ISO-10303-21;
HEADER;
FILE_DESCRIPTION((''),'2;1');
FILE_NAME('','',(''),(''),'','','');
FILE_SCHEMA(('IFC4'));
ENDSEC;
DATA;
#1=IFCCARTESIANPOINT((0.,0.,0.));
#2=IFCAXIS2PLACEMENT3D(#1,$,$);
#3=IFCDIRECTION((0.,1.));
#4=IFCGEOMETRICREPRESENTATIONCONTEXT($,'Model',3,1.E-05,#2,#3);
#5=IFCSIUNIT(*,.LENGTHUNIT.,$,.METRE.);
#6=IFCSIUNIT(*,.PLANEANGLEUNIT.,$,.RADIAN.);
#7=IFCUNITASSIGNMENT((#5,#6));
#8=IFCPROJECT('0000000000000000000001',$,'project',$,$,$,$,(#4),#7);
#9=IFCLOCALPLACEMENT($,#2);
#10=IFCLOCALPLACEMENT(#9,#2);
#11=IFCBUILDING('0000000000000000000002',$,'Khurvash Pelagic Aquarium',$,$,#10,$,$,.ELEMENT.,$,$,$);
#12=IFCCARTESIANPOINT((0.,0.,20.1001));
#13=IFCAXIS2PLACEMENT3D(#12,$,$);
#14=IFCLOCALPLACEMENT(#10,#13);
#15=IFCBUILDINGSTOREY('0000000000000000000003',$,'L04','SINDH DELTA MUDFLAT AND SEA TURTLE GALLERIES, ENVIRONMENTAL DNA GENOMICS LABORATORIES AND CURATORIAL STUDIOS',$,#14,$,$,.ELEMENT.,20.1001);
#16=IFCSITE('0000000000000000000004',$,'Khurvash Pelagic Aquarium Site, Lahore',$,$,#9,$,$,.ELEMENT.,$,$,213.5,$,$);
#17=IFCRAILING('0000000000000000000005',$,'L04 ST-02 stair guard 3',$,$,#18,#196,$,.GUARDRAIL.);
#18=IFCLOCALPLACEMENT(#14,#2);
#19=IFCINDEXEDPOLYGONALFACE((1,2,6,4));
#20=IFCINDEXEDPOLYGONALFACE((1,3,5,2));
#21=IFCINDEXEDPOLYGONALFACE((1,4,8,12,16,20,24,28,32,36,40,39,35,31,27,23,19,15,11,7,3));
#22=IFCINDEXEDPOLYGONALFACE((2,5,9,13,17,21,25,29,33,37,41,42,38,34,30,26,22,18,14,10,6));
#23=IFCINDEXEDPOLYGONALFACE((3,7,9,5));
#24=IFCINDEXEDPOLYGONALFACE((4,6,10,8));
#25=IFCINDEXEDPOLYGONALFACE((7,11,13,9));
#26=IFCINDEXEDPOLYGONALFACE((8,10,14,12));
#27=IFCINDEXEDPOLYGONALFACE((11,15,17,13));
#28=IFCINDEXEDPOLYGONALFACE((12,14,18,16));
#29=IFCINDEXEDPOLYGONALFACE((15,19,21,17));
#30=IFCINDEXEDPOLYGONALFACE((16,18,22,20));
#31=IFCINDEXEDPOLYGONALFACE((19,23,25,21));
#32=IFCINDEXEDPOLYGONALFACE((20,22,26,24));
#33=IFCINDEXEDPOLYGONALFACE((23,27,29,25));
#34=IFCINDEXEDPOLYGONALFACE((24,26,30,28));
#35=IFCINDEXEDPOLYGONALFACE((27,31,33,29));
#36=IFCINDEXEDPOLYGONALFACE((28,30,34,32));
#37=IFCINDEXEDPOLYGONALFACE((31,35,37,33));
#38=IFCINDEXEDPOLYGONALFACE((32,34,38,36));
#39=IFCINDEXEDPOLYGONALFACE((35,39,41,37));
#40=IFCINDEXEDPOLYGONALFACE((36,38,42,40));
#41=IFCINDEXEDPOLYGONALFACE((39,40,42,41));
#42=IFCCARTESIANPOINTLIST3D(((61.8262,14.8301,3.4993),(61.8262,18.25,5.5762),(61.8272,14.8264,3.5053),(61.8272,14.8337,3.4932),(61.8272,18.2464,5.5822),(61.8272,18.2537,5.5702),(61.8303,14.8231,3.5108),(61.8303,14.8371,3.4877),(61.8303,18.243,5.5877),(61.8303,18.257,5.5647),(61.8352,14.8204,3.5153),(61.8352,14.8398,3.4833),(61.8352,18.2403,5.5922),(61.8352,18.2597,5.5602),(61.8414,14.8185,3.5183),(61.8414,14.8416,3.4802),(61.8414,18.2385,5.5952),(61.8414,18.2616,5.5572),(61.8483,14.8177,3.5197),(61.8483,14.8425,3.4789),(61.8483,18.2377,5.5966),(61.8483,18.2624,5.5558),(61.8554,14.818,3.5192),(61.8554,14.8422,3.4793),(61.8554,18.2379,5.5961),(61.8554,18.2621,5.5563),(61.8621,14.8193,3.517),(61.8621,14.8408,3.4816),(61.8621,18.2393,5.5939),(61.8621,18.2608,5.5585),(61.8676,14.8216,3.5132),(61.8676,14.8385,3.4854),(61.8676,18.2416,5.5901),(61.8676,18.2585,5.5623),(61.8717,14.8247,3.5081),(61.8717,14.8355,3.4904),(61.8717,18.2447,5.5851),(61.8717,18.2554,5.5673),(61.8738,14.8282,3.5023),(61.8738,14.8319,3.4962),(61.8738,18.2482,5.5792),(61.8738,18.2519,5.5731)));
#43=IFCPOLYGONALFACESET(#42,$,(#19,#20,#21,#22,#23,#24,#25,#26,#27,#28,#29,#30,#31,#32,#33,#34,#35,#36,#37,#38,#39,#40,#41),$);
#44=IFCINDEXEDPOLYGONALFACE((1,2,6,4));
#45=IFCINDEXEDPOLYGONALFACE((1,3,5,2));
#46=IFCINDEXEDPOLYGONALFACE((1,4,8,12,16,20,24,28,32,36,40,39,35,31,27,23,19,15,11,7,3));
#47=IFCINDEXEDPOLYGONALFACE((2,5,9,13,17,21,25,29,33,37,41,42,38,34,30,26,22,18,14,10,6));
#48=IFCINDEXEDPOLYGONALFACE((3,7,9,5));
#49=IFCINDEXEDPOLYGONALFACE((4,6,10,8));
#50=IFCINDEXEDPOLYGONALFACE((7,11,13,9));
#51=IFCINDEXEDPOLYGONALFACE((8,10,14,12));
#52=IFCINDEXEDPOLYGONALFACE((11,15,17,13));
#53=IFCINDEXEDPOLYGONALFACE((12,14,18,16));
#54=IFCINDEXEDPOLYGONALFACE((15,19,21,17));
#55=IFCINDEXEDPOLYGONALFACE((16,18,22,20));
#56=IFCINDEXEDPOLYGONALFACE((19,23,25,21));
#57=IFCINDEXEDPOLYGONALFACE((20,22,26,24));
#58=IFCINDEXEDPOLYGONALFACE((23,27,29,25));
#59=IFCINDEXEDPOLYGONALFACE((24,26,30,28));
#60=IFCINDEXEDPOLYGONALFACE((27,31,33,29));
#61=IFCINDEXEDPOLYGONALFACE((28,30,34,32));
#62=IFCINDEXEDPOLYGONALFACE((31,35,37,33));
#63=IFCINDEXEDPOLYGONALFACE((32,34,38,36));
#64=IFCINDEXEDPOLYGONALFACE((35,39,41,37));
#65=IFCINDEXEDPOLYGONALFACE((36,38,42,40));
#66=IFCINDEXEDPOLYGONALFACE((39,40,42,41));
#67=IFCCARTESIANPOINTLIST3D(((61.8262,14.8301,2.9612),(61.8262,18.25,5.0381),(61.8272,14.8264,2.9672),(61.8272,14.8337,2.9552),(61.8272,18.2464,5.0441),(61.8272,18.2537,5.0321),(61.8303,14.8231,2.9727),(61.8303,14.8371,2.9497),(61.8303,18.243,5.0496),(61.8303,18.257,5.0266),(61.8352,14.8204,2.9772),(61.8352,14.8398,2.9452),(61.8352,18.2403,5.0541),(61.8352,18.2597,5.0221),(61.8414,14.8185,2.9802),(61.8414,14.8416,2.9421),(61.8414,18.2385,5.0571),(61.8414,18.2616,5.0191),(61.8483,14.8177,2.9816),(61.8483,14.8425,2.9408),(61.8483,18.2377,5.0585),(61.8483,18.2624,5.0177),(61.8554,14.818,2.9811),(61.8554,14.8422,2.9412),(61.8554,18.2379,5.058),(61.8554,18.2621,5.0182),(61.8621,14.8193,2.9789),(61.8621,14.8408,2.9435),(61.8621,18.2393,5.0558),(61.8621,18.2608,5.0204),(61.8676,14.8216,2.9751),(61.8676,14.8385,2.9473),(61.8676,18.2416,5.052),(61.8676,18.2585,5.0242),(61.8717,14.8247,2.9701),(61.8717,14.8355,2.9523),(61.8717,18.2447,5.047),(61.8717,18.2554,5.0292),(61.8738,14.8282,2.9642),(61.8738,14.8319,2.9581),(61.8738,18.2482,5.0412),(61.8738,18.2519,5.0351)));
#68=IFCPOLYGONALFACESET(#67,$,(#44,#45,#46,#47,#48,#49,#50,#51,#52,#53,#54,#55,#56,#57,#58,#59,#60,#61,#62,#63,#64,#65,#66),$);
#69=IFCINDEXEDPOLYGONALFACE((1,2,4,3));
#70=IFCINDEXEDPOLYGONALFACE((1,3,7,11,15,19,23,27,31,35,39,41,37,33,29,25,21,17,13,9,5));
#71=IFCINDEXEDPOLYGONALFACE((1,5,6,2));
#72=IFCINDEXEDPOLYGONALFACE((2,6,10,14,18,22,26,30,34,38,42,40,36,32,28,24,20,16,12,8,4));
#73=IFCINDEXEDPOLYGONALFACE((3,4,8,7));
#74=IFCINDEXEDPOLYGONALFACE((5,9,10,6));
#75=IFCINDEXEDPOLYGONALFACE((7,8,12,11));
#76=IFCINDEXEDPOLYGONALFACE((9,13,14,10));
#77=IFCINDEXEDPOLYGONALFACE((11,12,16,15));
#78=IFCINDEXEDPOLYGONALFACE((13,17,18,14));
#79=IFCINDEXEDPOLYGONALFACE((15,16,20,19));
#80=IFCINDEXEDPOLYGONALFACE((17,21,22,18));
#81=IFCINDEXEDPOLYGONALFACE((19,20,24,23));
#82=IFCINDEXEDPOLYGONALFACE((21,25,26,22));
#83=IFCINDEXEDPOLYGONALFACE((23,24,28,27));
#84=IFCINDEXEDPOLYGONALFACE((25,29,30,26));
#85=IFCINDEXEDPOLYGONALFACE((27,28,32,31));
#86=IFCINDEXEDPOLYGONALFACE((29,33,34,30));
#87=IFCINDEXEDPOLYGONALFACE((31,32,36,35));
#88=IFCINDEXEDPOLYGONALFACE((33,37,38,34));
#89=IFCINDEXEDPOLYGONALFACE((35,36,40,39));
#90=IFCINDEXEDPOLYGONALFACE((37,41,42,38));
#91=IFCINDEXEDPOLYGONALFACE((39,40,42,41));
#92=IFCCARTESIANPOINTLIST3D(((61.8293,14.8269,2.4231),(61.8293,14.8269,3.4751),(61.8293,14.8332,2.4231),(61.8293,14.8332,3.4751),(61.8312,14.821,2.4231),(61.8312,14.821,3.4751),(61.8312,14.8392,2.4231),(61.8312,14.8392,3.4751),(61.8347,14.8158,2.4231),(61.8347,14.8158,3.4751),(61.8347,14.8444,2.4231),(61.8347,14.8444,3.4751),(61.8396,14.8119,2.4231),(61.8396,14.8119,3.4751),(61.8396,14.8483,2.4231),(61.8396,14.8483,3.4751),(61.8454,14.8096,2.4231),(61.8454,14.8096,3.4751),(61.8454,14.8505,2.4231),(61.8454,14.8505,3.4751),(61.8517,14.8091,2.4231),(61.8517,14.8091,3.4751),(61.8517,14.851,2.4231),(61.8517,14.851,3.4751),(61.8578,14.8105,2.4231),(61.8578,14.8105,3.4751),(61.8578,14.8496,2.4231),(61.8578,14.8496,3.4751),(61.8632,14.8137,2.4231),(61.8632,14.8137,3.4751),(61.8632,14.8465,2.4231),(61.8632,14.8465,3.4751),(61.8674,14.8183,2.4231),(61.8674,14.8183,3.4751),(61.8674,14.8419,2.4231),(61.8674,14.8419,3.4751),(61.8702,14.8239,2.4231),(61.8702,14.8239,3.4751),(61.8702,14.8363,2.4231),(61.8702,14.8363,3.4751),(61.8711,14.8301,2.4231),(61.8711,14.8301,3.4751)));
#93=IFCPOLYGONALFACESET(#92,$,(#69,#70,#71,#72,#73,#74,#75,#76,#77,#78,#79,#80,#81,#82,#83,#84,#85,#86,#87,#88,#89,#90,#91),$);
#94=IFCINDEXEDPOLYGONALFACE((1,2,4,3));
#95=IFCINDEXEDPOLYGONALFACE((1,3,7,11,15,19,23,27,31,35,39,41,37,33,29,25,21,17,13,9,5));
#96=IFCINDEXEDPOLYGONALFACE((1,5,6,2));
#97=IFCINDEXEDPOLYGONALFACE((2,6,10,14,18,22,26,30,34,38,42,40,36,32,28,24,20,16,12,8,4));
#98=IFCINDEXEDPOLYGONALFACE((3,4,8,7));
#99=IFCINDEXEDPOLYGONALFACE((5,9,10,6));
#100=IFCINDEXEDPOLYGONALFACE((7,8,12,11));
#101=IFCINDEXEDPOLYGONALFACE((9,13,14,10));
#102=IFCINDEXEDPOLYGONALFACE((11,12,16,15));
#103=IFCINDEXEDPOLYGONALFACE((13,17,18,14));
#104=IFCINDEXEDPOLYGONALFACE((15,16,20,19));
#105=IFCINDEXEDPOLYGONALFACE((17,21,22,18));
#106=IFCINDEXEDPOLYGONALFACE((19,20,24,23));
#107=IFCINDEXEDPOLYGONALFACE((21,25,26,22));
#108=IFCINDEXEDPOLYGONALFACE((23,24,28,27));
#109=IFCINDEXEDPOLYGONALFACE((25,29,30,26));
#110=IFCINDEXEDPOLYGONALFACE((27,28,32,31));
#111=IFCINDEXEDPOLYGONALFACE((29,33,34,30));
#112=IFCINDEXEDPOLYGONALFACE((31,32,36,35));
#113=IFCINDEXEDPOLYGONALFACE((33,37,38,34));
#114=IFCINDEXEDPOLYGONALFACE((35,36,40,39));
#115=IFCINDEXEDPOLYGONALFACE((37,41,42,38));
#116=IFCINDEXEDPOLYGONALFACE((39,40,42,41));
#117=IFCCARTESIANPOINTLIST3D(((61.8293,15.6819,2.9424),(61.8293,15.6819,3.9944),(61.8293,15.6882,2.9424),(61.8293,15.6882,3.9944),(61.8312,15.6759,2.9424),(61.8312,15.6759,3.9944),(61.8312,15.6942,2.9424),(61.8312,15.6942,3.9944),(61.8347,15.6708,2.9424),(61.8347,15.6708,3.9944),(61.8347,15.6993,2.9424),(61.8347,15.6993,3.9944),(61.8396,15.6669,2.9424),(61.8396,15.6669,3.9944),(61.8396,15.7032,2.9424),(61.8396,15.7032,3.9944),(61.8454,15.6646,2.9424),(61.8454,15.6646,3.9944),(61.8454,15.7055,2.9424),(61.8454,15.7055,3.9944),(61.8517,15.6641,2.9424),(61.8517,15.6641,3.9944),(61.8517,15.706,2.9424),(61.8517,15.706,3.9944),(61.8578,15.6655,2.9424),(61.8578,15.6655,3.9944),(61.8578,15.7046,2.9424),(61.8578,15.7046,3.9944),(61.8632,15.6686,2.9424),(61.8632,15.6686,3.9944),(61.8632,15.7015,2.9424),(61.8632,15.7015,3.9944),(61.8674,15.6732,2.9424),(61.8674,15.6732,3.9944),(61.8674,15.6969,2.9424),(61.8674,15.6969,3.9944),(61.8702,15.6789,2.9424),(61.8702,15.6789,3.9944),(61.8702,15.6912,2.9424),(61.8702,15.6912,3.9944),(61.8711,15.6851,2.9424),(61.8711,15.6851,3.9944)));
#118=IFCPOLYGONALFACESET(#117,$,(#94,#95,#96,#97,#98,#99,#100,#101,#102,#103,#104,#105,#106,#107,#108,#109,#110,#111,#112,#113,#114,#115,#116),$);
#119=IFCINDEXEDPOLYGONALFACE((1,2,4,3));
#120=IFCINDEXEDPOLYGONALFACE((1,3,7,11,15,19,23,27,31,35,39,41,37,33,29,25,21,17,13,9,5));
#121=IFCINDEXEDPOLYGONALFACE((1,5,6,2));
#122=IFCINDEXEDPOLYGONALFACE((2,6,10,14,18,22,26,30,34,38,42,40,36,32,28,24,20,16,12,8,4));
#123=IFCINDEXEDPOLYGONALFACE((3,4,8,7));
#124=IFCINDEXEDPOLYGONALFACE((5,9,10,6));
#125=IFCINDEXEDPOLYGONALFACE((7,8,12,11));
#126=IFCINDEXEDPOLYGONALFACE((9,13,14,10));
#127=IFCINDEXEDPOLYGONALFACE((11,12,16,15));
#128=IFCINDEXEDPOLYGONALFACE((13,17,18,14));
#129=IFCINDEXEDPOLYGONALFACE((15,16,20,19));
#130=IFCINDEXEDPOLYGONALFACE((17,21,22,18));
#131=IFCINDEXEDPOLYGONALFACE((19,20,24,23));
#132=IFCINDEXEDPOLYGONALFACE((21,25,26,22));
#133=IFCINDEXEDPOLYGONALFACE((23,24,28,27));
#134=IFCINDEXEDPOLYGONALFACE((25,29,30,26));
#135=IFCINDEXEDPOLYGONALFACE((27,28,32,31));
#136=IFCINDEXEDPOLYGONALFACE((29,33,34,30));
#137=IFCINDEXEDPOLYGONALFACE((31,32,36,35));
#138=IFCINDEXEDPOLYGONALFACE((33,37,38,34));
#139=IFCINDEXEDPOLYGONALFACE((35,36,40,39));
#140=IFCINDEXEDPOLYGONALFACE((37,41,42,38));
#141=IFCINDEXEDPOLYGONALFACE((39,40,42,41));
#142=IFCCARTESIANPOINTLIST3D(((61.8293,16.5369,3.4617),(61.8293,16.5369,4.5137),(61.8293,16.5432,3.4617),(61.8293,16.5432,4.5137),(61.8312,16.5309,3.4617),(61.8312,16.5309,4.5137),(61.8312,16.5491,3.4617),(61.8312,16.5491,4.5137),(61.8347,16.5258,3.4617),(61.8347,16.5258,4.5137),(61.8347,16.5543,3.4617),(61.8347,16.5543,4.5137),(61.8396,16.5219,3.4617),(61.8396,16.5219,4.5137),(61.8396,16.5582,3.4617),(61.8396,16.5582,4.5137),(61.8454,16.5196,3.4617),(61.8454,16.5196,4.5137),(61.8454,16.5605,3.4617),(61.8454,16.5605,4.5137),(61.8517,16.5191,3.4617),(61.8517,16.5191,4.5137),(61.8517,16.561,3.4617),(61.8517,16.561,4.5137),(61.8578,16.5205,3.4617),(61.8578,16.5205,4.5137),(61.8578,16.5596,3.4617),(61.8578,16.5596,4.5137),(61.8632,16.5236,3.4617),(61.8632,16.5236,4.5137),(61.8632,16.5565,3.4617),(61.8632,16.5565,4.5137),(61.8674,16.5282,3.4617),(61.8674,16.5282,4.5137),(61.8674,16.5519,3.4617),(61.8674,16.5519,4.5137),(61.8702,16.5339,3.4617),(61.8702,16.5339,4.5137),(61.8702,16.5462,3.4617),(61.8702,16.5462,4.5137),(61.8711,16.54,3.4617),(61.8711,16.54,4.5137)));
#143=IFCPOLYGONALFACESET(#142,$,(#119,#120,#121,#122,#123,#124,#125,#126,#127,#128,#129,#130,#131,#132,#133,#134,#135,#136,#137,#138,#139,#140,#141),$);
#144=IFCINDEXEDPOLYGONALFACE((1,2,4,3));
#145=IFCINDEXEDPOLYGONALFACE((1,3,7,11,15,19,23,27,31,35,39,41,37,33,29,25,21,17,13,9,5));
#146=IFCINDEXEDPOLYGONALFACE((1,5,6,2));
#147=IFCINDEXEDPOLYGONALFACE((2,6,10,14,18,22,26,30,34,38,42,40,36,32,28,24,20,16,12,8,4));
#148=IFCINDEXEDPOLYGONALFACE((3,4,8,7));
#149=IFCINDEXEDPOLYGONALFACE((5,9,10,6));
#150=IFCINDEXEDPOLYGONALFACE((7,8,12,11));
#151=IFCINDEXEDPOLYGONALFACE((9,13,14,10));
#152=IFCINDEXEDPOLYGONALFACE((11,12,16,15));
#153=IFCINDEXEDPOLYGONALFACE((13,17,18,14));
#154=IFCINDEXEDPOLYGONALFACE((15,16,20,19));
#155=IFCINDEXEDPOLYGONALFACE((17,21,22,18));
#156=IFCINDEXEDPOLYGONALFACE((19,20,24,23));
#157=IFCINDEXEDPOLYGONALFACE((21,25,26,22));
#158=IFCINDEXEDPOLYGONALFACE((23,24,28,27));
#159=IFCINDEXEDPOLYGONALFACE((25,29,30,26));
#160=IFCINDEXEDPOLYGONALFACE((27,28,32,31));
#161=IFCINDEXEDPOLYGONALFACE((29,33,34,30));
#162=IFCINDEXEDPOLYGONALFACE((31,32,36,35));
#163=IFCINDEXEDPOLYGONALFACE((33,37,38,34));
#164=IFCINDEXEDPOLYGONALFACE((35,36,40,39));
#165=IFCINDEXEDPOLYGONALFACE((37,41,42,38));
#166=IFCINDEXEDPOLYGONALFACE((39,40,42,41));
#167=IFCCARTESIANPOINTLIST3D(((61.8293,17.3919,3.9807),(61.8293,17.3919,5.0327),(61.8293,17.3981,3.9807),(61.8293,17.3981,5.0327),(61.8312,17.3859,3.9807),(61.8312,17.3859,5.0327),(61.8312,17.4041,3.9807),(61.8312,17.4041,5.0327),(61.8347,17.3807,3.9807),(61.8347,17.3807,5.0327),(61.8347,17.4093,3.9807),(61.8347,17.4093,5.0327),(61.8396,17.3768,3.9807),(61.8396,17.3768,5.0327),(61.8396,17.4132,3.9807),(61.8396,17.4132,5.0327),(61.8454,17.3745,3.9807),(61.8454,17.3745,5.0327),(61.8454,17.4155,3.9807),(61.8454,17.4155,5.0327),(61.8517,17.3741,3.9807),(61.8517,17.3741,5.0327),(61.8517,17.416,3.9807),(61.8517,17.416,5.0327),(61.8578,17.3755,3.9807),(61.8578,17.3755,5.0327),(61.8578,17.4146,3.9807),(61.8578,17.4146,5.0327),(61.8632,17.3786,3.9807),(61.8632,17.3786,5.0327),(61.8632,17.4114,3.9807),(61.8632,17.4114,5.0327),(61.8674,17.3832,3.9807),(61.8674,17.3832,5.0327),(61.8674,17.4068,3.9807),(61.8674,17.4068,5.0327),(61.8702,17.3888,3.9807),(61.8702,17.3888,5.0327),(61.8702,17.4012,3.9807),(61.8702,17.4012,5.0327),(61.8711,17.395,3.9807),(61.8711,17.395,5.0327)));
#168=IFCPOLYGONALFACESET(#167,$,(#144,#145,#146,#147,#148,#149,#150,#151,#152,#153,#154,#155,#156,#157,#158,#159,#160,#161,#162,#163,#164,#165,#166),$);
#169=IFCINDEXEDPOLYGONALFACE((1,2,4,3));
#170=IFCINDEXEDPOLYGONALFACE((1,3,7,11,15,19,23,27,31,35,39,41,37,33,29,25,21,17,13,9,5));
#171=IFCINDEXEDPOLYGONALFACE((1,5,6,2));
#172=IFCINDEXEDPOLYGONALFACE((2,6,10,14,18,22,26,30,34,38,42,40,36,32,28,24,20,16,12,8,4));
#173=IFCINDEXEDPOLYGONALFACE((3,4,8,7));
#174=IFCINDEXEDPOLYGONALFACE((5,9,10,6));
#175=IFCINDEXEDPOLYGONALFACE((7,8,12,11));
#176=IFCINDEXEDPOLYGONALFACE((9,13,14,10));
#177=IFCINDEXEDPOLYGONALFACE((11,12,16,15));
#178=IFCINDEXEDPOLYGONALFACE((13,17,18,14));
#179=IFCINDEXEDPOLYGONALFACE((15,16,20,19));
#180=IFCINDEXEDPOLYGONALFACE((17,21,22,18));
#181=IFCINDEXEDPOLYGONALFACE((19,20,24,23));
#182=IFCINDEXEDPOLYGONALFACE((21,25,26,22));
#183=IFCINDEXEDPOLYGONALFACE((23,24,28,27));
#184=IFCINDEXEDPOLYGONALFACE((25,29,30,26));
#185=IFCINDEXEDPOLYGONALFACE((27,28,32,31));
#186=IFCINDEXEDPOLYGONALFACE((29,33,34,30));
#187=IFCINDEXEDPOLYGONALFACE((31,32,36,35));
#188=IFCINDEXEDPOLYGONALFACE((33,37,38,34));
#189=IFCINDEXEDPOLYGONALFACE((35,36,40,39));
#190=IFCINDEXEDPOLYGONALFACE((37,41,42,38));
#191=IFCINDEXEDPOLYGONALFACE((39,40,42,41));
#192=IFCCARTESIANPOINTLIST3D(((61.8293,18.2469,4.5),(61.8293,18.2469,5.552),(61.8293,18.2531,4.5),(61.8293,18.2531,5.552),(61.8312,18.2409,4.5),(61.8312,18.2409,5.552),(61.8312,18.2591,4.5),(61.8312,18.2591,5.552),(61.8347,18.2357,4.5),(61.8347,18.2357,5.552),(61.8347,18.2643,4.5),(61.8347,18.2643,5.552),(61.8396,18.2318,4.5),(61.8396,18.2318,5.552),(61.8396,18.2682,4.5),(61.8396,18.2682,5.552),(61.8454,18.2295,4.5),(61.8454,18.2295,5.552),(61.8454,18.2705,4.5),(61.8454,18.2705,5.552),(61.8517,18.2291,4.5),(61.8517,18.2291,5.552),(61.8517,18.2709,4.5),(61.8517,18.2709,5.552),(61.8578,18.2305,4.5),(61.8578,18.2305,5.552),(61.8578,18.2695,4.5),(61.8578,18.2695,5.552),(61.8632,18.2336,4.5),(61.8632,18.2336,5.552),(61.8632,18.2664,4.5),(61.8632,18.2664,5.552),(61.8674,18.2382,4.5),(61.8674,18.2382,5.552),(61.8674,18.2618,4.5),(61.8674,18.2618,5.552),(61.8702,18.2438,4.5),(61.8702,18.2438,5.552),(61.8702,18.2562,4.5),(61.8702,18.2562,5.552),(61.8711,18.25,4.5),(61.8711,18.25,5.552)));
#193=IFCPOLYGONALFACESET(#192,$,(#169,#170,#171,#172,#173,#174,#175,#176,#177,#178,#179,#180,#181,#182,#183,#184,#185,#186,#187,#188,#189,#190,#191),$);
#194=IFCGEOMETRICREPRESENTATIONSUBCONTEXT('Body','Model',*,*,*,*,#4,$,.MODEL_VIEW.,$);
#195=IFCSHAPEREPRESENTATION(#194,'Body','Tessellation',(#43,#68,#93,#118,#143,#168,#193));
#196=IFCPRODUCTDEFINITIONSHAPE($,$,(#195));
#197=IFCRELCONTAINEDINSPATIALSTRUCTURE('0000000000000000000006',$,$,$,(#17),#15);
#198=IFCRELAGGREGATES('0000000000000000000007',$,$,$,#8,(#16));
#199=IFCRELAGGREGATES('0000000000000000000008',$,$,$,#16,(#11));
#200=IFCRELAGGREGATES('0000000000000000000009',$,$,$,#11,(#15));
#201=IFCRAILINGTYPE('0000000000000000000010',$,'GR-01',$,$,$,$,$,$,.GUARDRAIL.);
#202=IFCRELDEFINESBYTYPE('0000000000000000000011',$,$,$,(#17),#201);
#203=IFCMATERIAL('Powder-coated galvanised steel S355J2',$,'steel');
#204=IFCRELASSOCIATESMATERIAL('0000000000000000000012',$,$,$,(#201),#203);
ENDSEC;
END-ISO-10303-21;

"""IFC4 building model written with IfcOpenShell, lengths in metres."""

from ifc_helpers import new_model, si_unit, direction, frame, origin, origin_2d, place, context, subcontext, project, spatial, circle, extrude, material, type_object, element, save


model = new_model("IFC4")

# Units and contexts
model_context = context("Model", 3, precision=1e-05, world=origin(), true_north=direction((0.0, 1.0)))
body_context = subcontext(model_context, "Body", "Model", "MODEL_VIEW")
ifc_project = project(units=[si_unit("LENGTHUNIT", "METRE"), si_unit("PLANEANGLEUNIT", "RADIAN")], contexts=[model_context])

# Site, building, storey
site_placement = place(None, origin())
site = spatial("IfcSite", under=ifc_project, at=site_placement, Name="Khurvash Pelagic Aquarium Site, Lahore", CompositionType="ELEMENT", RefElevation=213.5)
building_placement = place(site_placement, origin())
building = spatial("IfcBuilding", under=site, at=building_placement, Name="Khurvash Pelagic Aquarium", CompositionType="ELEMENT")
storey_placement = place(building_placement, frame((0.0, 0.0, 20.1001)))
storey = spatial("IfcBuildingStorey", under=building, at=storey_placement, Name="L04", Description="SINDH DELTA MUDFLAT AND SEA TURTLE GALLERIES, ENVIRONMENTAL DNA GENOMICS LABORATORIES AND CURATORIAL STUDIOS", CompositionType="ELEMENT", Elevation=20.1001)

# Railing
ifc_material_1 = material(Name="Powder-coated galvanised steel S355J2", Category="steel")
railing_type_1 = type_object("IfcRailingType", Name="GR-01", PredefinedType="GUARDRAIL", material=ifc_material_1)
railing_1_placement = place(storey_placement, frame((61.8501, 14.8301, 2.4231)))
element("IfcRailing", 1, at=railing_1_placement, inside=storey, type_object=railing_type_1, Name="L04 ST-02 stair guard 3", PredefinedType="GUARDRAIL", context=body_context, shape_type="SweptSolid", body=[
    extrude(circle(Radius=0.0239, at=origin_2d()), frame((0.0, 0.0, 1.0762), z_axis=(0.0, 0.85473, 0.519074), x_axis=(-1.0, 0.0, 0.0)), (0.0, 0.0, 1.0), 4.0012),
    extrude(circle(Radius=0.0239, at=origin_2d()), frame((0.0, 0.0, 0.5381), z_axis=(0.0, 0.85473, 0.519074), x_axis=(-1.0, 0.0, 0.0)), (0.0, 0.0, 1.0), 4.0012),
    extrude(circle(Radius=0.021, at=origin_2d()), origin(), (0.0, 0.0, 1.0), 1.052),
    extrude(circle(Radius=0.021, at=origin_2d()), frame((0.0, 0.855, 0.5193)), (0.0, 0.0, 1.0), 1.052),
    extrude(circle(Radius=0.021, at=origin_2d()), frame((0.0, 1.71, 1.0386)), (0.0, 0.0, 1.0), 1.052),
    extrude(circle(Radius=0.021, at=origin_2d()), frame((0.0, 2.5649, 1.5576)), (0.0, 0.0, 1.0), 1.052),
    extrude(circle(Radius=0.021, at=origin_2d()), frame((0.0, 3.4199, 2.0769)), (0.0, 0.0, 1.0), 1.052),
])

save(model, "model.ifc")
